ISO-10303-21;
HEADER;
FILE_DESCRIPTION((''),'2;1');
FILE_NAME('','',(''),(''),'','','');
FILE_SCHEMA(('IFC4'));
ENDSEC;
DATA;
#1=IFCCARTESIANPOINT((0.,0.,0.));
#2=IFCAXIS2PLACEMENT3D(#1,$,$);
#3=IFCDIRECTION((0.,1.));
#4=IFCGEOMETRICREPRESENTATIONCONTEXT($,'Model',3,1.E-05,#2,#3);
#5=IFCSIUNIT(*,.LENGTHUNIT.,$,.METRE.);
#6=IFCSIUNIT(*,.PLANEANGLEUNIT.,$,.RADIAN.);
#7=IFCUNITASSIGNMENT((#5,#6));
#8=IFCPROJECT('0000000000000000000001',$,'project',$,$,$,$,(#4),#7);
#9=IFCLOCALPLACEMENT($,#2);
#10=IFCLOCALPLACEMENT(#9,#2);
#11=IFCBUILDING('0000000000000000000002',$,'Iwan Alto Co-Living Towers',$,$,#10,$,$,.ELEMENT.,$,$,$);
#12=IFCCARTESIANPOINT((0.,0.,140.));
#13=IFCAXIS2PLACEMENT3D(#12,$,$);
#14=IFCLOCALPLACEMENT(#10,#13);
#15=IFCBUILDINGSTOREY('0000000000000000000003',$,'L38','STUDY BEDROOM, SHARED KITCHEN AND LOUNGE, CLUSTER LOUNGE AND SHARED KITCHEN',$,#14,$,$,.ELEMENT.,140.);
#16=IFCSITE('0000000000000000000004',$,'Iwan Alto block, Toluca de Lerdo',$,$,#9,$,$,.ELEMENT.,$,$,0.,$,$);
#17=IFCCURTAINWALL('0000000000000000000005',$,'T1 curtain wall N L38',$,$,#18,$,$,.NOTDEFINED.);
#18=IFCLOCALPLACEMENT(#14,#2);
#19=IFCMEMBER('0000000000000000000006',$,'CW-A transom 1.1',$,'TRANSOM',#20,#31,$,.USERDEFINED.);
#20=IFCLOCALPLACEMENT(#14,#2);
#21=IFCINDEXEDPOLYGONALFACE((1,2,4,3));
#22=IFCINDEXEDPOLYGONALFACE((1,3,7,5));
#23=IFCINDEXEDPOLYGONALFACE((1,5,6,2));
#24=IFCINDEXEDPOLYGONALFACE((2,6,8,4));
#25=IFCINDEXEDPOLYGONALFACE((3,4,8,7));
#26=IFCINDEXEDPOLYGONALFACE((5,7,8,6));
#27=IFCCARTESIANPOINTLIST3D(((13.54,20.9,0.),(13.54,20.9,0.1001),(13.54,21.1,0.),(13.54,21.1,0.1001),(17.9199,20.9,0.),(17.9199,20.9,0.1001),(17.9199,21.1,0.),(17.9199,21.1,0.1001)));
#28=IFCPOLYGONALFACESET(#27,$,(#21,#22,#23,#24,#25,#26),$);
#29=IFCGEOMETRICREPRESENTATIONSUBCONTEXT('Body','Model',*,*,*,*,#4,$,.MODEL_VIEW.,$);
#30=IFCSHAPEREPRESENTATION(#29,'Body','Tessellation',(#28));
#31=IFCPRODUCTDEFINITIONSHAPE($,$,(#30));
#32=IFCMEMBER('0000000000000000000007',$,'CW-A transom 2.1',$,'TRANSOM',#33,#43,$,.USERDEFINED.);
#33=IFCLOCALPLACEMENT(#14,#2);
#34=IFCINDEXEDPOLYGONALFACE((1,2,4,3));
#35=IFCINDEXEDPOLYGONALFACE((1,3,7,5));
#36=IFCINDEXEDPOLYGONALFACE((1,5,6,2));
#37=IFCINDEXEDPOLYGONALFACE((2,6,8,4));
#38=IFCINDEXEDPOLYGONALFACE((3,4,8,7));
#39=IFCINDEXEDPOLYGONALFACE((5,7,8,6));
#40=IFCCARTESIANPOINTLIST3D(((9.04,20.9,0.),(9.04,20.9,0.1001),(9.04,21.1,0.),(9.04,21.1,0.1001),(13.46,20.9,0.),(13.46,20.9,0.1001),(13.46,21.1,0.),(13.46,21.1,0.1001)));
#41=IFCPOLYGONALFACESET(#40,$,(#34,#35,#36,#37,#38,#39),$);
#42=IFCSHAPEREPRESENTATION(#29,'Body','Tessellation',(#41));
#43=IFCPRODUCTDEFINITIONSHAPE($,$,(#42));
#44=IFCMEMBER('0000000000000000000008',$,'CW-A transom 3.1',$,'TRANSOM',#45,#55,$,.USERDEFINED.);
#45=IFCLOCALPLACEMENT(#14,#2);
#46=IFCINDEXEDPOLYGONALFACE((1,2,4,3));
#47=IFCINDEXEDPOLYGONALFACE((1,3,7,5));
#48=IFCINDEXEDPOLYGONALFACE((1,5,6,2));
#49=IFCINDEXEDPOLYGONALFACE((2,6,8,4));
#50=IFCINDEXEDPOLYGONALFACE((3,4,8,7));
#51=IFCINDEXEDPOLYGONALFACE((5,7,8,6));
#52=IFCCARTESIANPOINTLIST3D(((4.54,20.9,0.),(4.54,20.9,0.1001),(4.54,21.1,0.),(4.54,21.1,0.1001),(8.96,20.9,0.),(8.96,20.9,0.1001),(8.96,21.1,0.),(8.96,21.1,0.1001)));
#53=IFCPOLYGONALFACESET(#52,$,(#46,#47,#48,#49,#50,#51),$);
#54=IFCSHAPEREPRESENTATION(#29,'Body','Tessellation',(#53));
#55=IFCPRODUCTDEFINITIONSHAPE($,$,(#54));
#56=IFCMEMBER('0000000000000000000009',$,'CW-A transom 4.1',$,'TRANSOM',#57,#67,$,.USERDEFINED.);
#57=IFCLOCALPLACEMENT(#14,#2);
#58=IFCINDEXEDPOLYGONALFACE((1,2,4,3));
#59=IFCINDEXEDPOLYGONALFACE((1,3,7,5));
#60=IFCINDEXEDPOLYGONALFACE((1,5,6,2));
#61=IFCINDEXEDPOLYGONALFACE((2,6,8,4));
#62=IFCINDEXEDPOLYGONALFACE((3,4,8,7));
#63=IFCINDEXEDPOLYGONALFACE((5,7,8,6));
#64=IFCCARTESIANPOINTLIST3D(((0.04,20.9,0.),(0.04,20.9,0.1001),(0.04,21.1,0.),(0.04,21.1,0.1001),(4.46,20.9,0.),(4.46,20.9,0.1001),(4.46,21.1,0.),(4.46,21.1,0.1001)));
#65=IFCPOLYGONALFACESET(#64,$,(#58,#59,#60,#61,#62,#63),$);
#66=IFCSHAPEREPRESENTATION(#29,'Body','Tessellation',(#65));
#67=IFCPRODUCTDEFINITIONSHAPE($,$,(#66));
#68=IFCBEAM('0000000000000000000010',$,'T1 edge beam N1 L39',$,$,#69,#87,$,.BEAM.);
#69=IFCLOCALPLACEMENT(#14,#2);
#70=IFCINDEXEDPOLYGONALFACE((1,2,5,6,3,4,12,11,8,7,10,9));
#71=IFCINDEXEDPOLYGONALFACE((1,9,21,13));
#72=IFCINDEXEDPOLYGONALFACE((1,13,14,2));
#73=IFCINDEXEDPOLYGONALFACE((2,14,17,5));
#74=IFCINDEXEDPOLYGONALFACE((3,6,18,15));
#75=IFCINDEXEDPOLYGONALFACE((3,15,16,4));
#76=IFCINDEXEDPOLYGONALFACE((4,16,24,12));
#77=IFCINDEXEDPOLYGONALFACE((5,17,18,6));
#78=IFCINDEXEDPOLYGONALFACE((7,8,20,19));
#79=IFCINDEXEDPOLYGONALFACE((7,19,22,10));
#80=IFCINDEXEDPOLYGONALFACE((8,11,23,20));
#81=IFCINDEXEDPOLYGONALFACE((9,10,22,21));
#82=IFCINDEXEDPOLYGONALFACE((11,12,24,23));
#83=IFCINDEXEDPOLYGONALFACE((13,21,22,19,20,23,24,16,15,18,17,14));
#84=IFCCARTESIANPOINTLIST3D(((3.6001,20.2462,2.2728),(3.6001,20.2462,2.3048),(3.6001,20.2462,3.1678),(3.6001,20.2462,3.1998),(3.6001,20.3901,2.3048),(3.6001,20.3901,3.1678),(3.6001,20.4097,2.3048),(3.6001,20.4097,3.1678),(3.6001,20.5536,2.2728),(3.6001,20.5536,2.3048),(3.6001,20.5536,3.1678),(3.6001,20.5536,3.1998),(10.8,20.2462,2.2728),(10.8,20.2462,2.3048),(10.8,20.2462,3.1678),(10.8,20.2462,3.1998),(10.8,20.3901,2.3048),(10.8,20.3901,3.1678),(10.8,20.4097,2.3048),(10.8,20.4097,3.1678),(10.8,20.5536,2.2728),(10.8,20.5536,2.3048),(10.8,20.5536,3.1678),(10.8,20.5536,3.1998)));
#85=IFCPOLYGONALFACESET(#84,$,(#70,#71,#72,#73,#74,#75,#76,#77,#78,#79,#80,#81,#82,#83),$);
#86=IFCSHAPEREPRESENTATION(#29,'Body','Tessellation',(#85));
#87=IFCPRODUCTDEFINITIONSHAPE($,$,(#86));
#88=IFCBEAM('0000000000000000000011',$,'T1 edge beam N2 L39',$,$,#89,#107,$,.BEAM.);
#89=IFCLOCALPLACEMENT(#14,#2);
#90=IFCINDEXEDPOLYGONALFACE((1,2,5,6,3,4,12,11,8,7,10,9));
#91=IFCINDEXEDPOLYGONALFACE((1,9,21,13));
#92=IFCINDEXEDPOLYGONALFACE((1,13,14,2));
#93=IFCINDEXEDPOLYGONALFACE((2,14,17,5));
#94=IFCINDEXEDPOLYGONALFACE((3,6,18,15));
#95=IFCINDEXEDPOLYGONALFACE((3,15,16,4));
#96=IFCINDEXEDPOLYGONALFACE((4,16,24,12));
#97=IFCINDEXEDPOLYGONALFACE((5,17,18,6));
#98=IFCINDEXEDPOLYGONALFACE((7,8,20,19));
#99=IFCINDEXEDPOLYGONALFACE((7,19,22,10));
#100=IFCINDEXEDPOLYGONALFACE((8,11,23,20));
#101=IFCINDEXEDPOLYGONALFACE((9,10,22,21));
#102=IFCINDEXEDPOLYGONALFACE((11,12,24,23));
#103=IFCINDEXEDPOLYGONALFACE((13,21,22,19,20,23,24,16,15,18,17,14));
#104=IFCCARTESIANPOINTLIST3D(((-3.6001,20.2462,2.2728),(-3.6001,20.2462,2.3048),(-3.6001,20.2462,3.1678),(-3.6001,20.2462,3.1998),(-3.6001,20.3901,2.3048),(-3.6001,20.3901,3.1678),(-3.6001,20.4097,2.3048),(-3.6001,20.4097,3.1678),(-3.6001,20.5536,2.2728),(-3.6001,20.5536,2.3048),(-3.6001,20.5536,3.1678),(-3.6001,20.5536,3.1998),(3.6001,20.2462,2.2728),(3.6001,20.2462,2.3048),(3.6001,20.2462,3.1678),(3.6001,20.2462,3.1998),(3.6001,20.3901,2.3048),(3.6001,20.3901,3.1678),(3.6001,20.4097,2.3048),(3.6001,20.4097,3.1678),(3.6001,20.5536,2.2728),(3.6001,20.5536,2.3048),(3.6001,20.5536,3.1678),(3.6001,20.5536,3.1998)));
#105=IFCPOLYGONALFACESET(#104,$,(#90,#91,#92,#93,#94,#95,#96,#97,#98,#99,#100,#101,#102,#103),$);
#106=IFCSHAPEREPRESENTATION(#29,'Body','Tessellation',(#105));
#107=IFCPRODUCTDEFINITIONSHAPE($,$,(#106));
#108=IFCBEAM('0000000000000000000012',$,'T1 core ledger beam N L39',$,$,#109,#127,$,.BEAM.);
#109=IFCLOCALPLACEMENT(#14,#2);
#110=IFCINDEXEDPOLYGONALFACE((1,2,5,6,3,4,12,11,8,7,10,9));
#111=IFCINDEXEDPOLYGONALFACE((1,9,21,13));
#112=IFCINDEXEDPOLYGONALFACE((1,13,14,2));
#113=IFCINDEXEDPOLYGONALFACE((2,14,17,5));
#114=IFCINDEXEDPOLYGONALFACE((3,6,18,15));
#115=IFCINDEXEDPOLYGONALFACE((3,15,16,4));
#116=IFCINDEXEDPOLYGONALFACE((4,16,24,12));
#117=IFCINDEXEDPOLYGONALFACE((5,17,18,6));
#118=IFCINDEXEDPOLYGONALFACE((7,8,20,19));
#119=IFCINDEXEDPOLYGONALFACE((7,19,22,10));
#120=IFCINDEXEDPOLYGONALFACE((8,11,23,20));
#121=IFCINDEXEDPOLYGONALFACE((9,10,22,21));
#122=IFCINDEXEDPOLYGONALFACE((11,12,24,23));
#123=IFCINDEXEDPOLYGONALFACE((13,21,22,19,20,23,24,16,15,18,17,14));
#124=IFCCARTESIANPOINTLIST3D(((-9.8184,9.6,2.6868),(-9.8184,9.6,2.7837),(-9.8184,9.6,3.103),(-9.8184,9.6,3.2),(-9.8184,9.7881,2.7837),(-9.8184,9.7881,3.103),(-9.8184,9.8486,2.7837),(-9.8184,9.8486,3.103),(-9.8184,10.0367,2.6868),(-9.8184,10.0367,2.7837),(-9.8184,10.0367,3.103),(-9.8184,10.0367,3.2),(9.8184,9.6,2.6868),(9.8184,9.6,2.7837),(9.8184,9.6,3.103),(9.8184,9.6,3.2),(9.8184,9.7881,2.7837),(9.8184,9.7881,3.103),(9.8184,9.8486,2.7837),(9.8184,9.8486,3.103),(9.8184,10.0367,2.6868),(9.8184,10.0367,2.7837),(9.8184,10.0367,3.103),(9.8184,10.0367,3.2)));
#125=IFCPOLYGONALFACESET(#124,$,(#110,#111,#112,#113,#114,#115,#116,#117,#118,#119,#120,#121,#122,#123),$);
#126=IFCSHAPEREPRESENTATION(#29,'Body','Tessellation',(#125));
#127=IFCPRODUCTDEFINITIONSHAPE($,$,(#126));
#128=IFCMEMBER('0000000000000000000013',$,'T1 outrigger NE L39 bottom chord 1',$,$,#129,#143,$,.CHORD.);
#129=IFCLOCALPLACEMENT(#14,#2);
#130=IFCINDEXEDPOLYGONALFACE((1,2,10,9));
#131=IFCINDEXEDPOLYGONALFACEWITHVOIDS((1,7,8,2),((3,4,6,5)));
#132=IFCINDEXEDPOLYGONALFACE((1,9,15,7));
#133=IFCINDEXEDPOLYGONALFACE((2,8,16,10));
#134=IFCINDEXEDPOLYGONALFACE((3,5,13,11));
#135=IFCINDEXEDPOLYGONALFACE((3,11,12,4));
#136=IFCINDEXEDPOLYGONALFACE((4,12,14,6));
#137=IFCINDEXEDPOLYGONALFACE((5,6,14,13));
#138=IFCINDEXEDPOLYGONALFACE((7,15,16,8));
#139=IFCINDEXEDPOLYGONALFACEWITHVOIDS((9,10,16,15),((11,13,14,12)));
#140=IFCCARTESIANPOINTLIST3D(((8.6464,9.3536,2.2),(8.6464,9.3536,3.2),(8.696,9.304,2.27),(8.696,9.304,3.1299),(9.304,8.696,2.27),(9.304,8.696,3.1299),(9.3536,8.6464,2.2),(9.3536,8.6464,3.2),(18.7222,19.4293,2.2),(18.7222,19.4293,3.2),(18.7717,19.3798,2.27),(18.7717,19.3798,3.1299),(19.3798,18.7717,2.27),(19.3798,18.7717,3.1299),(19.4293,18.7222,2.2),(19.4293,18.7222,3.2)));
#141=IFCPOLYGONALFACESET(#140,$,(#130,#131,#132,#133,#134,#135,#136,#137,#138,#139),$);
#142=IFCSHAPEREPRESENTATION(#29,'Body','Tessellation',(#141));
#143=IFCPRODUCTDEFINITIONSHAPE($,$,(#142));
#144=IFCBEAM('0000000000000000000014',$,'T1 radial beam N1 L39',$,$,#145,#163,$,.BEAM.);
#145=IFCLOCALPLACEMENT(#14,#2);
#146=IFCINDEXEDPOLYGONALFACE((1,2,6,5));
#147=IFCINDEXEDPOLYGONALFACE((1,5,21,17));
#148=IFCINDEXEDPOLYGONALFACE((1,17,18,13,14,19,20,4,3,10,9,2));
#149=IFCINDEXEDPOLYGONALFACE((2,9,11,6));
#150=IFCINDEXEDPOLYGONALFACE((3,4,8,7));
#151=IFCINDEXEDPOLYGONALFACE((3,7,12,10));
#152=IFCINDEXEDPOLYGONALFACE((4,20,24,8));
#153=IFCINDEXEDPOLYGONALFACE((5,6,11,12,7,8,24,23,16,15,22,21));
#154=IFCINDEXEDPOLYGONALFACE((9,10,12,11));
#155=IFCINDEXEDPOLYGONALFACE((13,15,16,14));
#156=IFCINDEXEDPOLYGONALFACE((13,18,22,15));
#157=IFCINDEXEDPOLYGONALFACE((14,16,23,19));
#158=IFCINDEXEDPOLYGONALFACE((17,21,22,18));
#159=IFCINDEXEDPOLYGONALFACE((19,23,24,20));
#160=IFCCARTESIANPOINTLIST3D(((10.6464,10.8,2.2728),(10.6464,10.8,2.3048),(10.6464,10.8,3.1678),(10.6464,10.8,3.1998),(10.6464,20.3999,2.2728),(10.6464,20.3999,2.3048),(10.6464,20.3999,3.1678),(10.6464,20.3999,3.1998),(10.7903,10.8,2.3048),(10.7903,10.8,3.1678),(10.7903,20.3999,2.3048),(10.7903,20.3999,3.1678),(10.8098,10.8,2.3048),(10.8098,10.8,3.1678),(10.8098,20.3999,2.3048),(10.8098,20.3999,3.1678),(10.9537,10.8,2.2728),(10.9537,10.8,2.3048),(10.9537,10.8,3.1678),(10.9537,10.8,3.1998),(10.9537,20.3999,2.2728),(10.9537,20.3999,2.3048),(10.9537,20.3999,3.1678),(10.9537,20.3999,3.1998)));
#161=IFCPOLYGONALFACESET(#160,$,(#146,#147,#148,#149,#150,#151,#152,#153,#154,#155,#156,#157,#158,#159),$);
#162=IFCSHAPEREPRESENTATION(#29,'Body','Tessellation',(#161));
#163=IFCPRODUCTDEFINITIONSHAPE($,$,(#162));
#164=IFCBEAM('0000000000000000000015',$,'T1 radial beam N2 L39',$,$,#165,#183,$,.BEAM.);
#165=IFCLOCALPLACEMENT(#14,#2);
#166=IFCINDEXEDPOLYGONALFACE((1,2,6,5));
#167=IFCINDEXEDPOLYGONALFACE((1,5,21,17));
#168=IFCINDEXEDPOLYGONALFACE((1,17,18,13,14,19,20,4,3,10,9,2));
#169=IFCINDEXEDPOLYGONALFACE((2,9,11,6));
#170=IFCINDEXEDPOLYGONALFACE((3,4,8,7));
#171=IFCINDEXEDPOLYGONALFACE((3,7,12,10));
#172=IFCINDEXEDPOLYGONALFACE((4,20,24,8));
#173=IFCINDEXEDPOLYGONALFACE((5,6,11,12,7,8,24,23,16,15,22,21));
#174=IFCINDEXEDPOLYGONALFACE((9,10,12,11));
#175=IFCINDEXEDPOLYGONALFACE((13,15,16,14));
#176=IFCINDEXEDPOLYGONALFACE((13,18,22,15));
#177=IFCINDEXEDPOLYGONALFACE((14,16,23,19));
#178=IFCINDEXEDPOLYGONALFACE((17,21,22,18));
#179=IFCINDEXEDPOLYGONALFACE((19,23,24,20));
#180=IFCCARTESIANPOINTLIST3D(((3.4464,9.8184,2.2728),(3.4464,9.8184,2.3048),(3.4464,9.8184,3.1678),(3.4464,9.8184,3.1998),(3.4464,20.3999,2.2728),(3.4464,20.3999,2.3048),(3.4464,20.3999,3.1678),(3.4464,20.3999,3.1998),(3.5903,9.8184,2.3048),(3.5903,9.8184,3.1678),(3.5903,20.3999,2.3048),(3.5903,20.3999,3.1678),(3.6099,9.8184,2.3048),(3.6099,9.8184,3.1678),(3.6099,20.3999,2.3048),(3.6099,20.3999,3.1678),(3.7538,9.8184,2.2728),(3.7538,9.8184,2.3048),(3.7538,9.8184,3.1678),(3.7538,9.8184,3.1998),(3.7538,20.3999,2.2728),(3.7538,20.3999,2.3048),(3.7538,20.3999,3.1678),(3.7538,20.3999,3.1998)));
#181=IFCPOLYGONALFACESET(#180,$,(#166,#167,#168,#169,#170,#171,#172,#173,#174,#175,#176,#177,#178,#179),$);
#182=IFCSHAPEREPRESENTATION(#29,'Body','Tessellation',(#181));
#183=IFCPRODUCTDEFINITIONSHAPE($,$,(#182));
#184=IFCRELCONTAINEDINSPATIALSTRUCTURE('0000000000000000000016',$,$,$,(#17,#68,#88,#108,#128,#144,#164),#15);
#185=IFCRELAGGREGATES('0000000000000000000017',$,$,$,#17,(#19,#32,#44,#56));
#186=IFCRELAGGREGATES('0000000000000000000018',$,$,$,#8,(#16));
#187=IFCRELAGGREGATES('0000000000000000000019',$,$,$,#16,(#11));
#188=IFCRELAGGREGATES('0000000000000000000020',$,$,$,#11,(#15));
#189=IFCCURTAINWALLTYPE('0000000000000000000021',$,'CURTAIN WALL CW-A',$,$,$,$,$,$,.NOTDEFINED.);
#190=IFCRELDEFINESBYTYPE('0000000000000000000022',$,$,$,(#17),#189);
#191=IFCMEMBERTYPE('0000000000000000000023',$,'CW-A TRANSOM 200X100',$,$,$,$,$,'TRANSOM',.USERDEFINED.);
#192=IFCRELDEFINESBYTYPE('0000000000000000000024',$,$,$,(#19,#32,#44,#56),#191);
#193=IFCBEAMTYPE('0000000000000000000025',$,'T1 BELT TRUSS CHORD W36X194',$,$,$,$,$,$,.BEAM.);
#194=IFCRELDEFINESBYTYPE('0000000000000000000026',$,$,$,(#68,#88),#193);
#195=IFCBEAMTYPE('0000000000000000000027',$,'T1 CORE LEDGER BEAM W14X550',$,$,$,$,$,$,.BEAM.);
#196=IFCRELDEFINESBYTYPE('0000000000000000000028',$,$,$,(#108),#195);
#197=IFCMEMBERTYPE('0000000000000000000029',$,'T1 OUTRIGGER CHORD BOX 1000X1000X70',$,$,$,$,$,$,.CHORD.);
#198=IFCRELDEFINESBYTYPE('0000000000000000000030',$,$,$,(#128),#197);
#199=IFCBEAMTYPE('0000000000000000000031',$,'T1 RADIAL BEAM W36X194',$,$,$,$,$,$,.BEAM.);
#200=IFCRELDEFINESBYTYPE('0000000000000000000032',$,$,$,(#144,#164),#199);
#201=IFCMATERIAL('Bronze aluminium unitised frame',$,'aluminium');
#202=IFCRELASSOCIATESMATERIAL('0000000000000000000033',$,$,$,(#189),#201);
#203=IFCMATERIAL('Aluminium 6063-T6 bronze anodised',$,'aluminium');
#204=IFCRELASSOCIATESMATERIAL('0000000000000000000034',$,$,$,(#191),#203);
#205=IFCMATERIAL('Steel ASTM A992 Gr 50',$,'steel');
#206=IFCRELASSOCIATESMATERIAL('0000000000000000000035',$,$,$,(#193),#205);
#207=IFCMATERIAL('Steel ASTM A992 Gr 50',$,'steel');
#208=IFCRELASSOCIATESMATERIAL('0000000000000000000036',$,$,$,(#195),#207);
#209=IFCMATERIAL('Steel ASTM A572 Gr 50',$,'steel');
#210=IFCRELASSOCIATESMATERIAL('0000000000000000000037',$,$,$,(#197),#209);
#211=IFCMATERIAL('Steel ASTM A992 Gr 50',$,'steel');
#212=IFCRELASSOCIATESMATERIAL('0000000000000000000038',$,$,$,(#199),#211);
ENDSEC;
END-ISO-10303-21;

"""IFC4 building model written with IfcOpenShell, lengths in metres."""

from ifc_helpers import new_model, si_unit, direction, frame, origin, origin_2d, place, context, subcontext, project, spatial, rectangle, hollow_rectangle, i_section, extrude, material, material_profile, profile_set, type_object, element, aggregate, save


model = new_model("IFC4")

# Units and contexts
model_context = context("Model", 3, precision=1e-05, world=origin(), true_north=direction((0.0, 1.0)))
body_context = subcontext(model_context, "Body", "Model", "MODEL_VIEW")
ifc_project = project(units=[si_unit("LENGTHUNIT", "METRE"), si_unit("PLANEANGLEUNIT", "RADIAN")], contexts=[model_context])

# Site, building, storey
site_placement = place(None, origin())
site = spatial("IfcSite", under=ifc_project, at=site_placement, Name="Iwan Alto block, Toluca de Lerdo", CompositionType="ELEMENT", RefElevation=0.0)
building_placement = place(site_placement, origin())
building = spatial("IfcBuilding", under=site, at=building_placement, Name="Iwan Alto Co-Living Towers", CompositionType="ELEMENT")
storey_placement = place(building_placement, frame((0.0, 0.0, 140.0)))
storey = spatial("IfcBuildingStorey", under=building, at=storey_placement, Name="L38", Description="STUDY BEDROOM, SHARED KITCHEN AND LOUNGE, CLUSTER LOUNGE AND SHARED KITCHEN", CompositionType="ELEMENT", Elevation=140.0)

# Curtain wall, members
ifc_material_1 = material(Name="Bronze aluminium unitised frame", Category="aluminium")
curtain_wall_type_1 = type_object("IfcCurtainWallType", Name="CURTAIN WALL CW-A", PredefinedType="NOTDEFINED", material=ifc_material_1)
curtain_wall_1_placement = place(storey_placement, origin())
curtain_wall_1 = element("IfcCurtainWall", 1, at=curtain_wall_1_placement, inside=storey, type_object=curtain_wall_type_1, Name="T1 curtain wall N L38", PredefinedType="NOTDEFINED")
ifc_material_2 = material(Name="Aluminium 6063-T6 bronze anodised", Category="aluminium")
ifc_material_profile_1 = material_profile(ifc_material_2, rectangle(XDim=0.2, YDim=0.1001, at=origin_2d()), Name="AL 200X100")
ifc_profile_set_1 = profile_set([ifc_material_profile_1], Name="Aluminium 6063-T6 bronze anodised")
member_type_1 = type_object("IfcMemberType", Name="CW-A TRANSOM 200X100", ElementType="TRANSOM", PredefinedType="USERDEFINED", material=ifc_profile_set_1)
member_1_placement = place(storey_placement, frame((17.9199, 21.0, 0.05), z_axis=(-1.0, 0.0, 0.0), x_axis=(0.0, -1.0, 0.0)))
member_1 = element("IfcMember", 2, at=member_1_placement, type_object=member_type_1, Name="CW-A transom 1.1", ObjectType="TRANSOM", PredefinedType="USERDEFINED", context=body_context, shape_type="SweptSolid", body=[
    extrude(rectangle(XDim=0.2, YDim=0.1001, at=origin_2d()), origin(), (0.0, 0.0, 1.0), 4.3799),
])
member_2_placement = place(storey_placement, frame((13.46, 21.0, 0.05), z_axis=(-1.0, 0.0, 0.0), x_axis=(0.0, -1.0, 0.0)))
member_2 = element("IfcMember", 3, at=member_2_placement, type_object=member_type_1, Name="CW-A transom 2.1", ObjectType="TRANSOM", PredefinedType="USERDEFINED", context=body_context, shape_type="SweptSolid", body=[
    extrude(rectangle(XDim=0.2, YDim=0.1001, at=origin_2d()), origin(), (0.0, 0.0, 1.0), 4.4199),
])
member_3_placement = place(storey_placement, frame((8.96, 21.0, 0.05), z_axis=(-1.0, 0.0, 0.0), x_axis=(0.0, -1.0, 0.0)))
member_3 = element("IfcMember", 4, at=member_3_placement, type_object=member_type_1, Name="CW-A transom 3.1", ObjectType="TRANSOM", PredefinedType="USERDEFINED", context=body_context, shape_type="SweptSolid", body=[
    extrude(rectangle(XDim=0.2, YDim=0.1001, at=origin_2d()), origin(), (0.0, 0.0, 1.0), 4.4199),
])
member_4_placement = place(storey_placement, frame((4.46, 21.0, 0.05), z_axis=(-1.0, 0.0, 0.0), x_axis=(0.0, -1.0, 0.0)))
member_4 = element("IfcMember", 5, at=member_4_placement, type_object=member_type_1, Name="CW-A transom 4.1", ObjectType="TRANSOM", PredefinedType="USERDEFINED", context=body_context, shape_type="SweptSolid", body=[
    extrude(rectangle(XDim=0.2, YDim=0.1001, at=origin_2d()), origin(), (0.0, 0.0, 1.0), 4.4199),
])

# Beams
ifc_material_3 = material(Name="Steel ASTM A992 Gr 50", Category="steel")
ifc_material_profile_2 = material_profile(ifc_material_3, i_section(OverallWidth=0.3074, OverallDepth=0.927, WebThickness=0.0195, FlangeThickness=0.032, at=origin_2d()), Name="W36X194")
ifc_profile_set_2 = profile_set([ifc_material_profile_2], Name="Steel ASTM A992 Gr 50")
beam_type_1 = type_object("IfcBeamType", Name="T1 BELT TRUSS CHORD W36X194", PredefinedType="BEAM", material=ifc_profile_set_2)
beam_1_placement = place(storey_placement, frame((10.8, 20.3999, 2.7363), z_axis=(-1.0, 0.0, 0.0), x_axis=(0.0, -1.0, 0.0)))
element("IfcBeam", 6, at=beam_1_placement, inside=storey, type_object=beam_type_1, Name="T1 edge beam N1 L39", PredefinedType="BEAM", context=body_context, shape_type="SweptSolid", body=[
    extrude(i_section(OverallWidth=0.3074, OverallDepth=0.927, WebThickness=0.0195, FlangeThickness=0.032, at=origin_2d()), origin(), (0.0, 0.0, 1.0), 7.2),
])
beam_2_placement = place(storey_placement, frame((3.6001, 20.3999, 2.7363), z_axis=(-1.0, 0.0, 0.0), x_axis=(0.0, -1.0, 0.0)))
element("IfcBeam", 7, at=beam_2_placement, inside=storey, type_object=beam_type_1, Name="T1 edge beam N2 L39", PredefinedType="BEAM", context=body_context, shape_type="SweptSolid", body=[
    extrude(i_section(OverallWidth=0.3074, OverallDepth=0.927, WebThickness=0.0195, FlangeThickness=0.032, at=origin_2d()), origin(), (0.0, 0.0, 1.0), 7.2002),
])
ifc_material_4 = material(Name="Steel ASTM A992 Gr 50", Category="steel")
ifc_material_profile_3 = material_profile(ifc_material_4, i_section(OverallWidth=0.4368, OverallDepth=0.5132, WebThickness=0.0605, FlangeThickness=0.0969, at=origin_2d()), Name="W14X550")
ifc_profile_set_3 = profile_set([ifc_material_profile_3], Name="Steel ASTM A992 Gr 50")
beam_type_2 = type_object("IfcBeamType", Name="T1 CORE LEDGER BEAM W14X550", PredefinedType="BEAM", material=ifc_profile_set_3)
beam_3_placement = place(storey_placement, frame((9.8184, 9.8184, 2.9434), z_axis=(-1.0, 0.0, 0.0), x_axis=(0.0, -1.0, 0.0)))
element("IfcBeam", 8, at=beam_3_placement, inside=storey, type_object=beam_type_2, Name="T1 core ledger beam N L39", PredefinedType="BEAM", context=body_context, shape_type="SweptSolid", body=[
    extrude(i_section(OverallWidth=0.4368, OverallDepth=0.5132, WebThickness=0.0605, FlangeThickness=0.0969, at=origin_2d()), origin(), (0.0, 0.0, 1.0), 19.6367),
])

# Member
ifc_material_5 = material(Name="Steel ASTM A572 Gr 50", Category="steel")
ifc_material_profile_4 = material_profile(ifc_material_5, hollow_rectangle(XDim=1.0, YDim=1.0, WallThickness=0.0701, at=origin_2d()), Name="BOX 1000X1000X70")
ifc_profile_set_4 = profile_set([ifc_material_profile_4], Name="Steel ASTM A572 Gr 50")
member_type_2 = type_object("IfcMemberType", Name="T1 OUTRIGGER CHORD BOX 1000X1000X70", PredefinedType="CHORD", material=ifc_profile_set_4)
member_5_placement = place(storey_placement, frame((9.0, 9.0, 2.7), z_axis=(0.707107, 0.707107, 0.0), x_axis=(-0.707107, 0.707107, 0.0)))
element("IfcMember", 9, at=member_5_placement, inside=storey, type_object=member_type_2, Name="T1 outrigger NE L39 bottom chord 1", PredefinedType="CHORD", context=body_context, shape_type="SweptSolid", body=[
    extrude(hollow_rectangle(XDim=1.0, YDim=1.0, WallThickness=0.0701, at=origin_2d()), origin(), (0.0, 0.0, 1.0), 14.2493),
])

# Beams
ifc_material_6 = material(Name="Steel ASTM A992 Gr 50", Category="steel")
ifc_material_profile_5 = material_profile(ifc_material_6, i_section(OverallWidth=0.3074, OverallDepth=0.927, WebThickness=0.0195, FlangeThickness=0.032, at=origin_2d()), Name="W36X194")
ifc_profile_set_5 = profile_set([ifc_material_profile_5], Name="Steel ASTM A992 Gr 50")
beam_type_3 = type_object("IfcBeamType", Name="T1 RADIAL BEAM W36X194", PredefinedType="BEAM", material=ifc_profile_set_5)
beam_4_placement = place(storey_placement, frame((10.8, 20.3999, 2.7363), z_axis=(0.0, -1.0, 0.0), x_axis=(1.0, 0.0, 0.0)))
element("IfcBeam", 10, at=beam_4_placement, inside=storey, type_object=beam_type_3, Name="T1 radial beam N1 L39", PredefinedType="BEAM", context=body_context, shape_type="SweptSolid", body=[
    extrude(i_section(OverallWidth=0.3074, OverallDepth=0.927, WebThickness=0.0195, FlangeThickness=0.032, at=origin_2d()), origin(), (0.0, 0.0, 1.0), 9.5999),
])
beam_5_placement = place(storey_placement, frame((3.6001, 20.3999, 2.7363), z_axis=(0.0, -1.0, 0.0), x_axis=(1.0, 0.0, 0.0)))
element("IfcBeam", 11, at=beam_5_placement, inside=storey, type_object=beam_type_3, Name="T1 radial beam N2 L39", PredefinedType="BEAM", context=body_context, shape_type="SweptSolid", body=[
    extrude(i_section(OverallWidth=0.3074, OverallDepth=0.927, WebThickness=0.0195, FlangeThickness=0.032, at=origin_2d()), origin(), (0.0, 0.0, 1.0), 10.5815),
])

aggregate(curtain_wall_1, [member_1, member_2, member_3, member_4])

save(model, "model.ifc")
